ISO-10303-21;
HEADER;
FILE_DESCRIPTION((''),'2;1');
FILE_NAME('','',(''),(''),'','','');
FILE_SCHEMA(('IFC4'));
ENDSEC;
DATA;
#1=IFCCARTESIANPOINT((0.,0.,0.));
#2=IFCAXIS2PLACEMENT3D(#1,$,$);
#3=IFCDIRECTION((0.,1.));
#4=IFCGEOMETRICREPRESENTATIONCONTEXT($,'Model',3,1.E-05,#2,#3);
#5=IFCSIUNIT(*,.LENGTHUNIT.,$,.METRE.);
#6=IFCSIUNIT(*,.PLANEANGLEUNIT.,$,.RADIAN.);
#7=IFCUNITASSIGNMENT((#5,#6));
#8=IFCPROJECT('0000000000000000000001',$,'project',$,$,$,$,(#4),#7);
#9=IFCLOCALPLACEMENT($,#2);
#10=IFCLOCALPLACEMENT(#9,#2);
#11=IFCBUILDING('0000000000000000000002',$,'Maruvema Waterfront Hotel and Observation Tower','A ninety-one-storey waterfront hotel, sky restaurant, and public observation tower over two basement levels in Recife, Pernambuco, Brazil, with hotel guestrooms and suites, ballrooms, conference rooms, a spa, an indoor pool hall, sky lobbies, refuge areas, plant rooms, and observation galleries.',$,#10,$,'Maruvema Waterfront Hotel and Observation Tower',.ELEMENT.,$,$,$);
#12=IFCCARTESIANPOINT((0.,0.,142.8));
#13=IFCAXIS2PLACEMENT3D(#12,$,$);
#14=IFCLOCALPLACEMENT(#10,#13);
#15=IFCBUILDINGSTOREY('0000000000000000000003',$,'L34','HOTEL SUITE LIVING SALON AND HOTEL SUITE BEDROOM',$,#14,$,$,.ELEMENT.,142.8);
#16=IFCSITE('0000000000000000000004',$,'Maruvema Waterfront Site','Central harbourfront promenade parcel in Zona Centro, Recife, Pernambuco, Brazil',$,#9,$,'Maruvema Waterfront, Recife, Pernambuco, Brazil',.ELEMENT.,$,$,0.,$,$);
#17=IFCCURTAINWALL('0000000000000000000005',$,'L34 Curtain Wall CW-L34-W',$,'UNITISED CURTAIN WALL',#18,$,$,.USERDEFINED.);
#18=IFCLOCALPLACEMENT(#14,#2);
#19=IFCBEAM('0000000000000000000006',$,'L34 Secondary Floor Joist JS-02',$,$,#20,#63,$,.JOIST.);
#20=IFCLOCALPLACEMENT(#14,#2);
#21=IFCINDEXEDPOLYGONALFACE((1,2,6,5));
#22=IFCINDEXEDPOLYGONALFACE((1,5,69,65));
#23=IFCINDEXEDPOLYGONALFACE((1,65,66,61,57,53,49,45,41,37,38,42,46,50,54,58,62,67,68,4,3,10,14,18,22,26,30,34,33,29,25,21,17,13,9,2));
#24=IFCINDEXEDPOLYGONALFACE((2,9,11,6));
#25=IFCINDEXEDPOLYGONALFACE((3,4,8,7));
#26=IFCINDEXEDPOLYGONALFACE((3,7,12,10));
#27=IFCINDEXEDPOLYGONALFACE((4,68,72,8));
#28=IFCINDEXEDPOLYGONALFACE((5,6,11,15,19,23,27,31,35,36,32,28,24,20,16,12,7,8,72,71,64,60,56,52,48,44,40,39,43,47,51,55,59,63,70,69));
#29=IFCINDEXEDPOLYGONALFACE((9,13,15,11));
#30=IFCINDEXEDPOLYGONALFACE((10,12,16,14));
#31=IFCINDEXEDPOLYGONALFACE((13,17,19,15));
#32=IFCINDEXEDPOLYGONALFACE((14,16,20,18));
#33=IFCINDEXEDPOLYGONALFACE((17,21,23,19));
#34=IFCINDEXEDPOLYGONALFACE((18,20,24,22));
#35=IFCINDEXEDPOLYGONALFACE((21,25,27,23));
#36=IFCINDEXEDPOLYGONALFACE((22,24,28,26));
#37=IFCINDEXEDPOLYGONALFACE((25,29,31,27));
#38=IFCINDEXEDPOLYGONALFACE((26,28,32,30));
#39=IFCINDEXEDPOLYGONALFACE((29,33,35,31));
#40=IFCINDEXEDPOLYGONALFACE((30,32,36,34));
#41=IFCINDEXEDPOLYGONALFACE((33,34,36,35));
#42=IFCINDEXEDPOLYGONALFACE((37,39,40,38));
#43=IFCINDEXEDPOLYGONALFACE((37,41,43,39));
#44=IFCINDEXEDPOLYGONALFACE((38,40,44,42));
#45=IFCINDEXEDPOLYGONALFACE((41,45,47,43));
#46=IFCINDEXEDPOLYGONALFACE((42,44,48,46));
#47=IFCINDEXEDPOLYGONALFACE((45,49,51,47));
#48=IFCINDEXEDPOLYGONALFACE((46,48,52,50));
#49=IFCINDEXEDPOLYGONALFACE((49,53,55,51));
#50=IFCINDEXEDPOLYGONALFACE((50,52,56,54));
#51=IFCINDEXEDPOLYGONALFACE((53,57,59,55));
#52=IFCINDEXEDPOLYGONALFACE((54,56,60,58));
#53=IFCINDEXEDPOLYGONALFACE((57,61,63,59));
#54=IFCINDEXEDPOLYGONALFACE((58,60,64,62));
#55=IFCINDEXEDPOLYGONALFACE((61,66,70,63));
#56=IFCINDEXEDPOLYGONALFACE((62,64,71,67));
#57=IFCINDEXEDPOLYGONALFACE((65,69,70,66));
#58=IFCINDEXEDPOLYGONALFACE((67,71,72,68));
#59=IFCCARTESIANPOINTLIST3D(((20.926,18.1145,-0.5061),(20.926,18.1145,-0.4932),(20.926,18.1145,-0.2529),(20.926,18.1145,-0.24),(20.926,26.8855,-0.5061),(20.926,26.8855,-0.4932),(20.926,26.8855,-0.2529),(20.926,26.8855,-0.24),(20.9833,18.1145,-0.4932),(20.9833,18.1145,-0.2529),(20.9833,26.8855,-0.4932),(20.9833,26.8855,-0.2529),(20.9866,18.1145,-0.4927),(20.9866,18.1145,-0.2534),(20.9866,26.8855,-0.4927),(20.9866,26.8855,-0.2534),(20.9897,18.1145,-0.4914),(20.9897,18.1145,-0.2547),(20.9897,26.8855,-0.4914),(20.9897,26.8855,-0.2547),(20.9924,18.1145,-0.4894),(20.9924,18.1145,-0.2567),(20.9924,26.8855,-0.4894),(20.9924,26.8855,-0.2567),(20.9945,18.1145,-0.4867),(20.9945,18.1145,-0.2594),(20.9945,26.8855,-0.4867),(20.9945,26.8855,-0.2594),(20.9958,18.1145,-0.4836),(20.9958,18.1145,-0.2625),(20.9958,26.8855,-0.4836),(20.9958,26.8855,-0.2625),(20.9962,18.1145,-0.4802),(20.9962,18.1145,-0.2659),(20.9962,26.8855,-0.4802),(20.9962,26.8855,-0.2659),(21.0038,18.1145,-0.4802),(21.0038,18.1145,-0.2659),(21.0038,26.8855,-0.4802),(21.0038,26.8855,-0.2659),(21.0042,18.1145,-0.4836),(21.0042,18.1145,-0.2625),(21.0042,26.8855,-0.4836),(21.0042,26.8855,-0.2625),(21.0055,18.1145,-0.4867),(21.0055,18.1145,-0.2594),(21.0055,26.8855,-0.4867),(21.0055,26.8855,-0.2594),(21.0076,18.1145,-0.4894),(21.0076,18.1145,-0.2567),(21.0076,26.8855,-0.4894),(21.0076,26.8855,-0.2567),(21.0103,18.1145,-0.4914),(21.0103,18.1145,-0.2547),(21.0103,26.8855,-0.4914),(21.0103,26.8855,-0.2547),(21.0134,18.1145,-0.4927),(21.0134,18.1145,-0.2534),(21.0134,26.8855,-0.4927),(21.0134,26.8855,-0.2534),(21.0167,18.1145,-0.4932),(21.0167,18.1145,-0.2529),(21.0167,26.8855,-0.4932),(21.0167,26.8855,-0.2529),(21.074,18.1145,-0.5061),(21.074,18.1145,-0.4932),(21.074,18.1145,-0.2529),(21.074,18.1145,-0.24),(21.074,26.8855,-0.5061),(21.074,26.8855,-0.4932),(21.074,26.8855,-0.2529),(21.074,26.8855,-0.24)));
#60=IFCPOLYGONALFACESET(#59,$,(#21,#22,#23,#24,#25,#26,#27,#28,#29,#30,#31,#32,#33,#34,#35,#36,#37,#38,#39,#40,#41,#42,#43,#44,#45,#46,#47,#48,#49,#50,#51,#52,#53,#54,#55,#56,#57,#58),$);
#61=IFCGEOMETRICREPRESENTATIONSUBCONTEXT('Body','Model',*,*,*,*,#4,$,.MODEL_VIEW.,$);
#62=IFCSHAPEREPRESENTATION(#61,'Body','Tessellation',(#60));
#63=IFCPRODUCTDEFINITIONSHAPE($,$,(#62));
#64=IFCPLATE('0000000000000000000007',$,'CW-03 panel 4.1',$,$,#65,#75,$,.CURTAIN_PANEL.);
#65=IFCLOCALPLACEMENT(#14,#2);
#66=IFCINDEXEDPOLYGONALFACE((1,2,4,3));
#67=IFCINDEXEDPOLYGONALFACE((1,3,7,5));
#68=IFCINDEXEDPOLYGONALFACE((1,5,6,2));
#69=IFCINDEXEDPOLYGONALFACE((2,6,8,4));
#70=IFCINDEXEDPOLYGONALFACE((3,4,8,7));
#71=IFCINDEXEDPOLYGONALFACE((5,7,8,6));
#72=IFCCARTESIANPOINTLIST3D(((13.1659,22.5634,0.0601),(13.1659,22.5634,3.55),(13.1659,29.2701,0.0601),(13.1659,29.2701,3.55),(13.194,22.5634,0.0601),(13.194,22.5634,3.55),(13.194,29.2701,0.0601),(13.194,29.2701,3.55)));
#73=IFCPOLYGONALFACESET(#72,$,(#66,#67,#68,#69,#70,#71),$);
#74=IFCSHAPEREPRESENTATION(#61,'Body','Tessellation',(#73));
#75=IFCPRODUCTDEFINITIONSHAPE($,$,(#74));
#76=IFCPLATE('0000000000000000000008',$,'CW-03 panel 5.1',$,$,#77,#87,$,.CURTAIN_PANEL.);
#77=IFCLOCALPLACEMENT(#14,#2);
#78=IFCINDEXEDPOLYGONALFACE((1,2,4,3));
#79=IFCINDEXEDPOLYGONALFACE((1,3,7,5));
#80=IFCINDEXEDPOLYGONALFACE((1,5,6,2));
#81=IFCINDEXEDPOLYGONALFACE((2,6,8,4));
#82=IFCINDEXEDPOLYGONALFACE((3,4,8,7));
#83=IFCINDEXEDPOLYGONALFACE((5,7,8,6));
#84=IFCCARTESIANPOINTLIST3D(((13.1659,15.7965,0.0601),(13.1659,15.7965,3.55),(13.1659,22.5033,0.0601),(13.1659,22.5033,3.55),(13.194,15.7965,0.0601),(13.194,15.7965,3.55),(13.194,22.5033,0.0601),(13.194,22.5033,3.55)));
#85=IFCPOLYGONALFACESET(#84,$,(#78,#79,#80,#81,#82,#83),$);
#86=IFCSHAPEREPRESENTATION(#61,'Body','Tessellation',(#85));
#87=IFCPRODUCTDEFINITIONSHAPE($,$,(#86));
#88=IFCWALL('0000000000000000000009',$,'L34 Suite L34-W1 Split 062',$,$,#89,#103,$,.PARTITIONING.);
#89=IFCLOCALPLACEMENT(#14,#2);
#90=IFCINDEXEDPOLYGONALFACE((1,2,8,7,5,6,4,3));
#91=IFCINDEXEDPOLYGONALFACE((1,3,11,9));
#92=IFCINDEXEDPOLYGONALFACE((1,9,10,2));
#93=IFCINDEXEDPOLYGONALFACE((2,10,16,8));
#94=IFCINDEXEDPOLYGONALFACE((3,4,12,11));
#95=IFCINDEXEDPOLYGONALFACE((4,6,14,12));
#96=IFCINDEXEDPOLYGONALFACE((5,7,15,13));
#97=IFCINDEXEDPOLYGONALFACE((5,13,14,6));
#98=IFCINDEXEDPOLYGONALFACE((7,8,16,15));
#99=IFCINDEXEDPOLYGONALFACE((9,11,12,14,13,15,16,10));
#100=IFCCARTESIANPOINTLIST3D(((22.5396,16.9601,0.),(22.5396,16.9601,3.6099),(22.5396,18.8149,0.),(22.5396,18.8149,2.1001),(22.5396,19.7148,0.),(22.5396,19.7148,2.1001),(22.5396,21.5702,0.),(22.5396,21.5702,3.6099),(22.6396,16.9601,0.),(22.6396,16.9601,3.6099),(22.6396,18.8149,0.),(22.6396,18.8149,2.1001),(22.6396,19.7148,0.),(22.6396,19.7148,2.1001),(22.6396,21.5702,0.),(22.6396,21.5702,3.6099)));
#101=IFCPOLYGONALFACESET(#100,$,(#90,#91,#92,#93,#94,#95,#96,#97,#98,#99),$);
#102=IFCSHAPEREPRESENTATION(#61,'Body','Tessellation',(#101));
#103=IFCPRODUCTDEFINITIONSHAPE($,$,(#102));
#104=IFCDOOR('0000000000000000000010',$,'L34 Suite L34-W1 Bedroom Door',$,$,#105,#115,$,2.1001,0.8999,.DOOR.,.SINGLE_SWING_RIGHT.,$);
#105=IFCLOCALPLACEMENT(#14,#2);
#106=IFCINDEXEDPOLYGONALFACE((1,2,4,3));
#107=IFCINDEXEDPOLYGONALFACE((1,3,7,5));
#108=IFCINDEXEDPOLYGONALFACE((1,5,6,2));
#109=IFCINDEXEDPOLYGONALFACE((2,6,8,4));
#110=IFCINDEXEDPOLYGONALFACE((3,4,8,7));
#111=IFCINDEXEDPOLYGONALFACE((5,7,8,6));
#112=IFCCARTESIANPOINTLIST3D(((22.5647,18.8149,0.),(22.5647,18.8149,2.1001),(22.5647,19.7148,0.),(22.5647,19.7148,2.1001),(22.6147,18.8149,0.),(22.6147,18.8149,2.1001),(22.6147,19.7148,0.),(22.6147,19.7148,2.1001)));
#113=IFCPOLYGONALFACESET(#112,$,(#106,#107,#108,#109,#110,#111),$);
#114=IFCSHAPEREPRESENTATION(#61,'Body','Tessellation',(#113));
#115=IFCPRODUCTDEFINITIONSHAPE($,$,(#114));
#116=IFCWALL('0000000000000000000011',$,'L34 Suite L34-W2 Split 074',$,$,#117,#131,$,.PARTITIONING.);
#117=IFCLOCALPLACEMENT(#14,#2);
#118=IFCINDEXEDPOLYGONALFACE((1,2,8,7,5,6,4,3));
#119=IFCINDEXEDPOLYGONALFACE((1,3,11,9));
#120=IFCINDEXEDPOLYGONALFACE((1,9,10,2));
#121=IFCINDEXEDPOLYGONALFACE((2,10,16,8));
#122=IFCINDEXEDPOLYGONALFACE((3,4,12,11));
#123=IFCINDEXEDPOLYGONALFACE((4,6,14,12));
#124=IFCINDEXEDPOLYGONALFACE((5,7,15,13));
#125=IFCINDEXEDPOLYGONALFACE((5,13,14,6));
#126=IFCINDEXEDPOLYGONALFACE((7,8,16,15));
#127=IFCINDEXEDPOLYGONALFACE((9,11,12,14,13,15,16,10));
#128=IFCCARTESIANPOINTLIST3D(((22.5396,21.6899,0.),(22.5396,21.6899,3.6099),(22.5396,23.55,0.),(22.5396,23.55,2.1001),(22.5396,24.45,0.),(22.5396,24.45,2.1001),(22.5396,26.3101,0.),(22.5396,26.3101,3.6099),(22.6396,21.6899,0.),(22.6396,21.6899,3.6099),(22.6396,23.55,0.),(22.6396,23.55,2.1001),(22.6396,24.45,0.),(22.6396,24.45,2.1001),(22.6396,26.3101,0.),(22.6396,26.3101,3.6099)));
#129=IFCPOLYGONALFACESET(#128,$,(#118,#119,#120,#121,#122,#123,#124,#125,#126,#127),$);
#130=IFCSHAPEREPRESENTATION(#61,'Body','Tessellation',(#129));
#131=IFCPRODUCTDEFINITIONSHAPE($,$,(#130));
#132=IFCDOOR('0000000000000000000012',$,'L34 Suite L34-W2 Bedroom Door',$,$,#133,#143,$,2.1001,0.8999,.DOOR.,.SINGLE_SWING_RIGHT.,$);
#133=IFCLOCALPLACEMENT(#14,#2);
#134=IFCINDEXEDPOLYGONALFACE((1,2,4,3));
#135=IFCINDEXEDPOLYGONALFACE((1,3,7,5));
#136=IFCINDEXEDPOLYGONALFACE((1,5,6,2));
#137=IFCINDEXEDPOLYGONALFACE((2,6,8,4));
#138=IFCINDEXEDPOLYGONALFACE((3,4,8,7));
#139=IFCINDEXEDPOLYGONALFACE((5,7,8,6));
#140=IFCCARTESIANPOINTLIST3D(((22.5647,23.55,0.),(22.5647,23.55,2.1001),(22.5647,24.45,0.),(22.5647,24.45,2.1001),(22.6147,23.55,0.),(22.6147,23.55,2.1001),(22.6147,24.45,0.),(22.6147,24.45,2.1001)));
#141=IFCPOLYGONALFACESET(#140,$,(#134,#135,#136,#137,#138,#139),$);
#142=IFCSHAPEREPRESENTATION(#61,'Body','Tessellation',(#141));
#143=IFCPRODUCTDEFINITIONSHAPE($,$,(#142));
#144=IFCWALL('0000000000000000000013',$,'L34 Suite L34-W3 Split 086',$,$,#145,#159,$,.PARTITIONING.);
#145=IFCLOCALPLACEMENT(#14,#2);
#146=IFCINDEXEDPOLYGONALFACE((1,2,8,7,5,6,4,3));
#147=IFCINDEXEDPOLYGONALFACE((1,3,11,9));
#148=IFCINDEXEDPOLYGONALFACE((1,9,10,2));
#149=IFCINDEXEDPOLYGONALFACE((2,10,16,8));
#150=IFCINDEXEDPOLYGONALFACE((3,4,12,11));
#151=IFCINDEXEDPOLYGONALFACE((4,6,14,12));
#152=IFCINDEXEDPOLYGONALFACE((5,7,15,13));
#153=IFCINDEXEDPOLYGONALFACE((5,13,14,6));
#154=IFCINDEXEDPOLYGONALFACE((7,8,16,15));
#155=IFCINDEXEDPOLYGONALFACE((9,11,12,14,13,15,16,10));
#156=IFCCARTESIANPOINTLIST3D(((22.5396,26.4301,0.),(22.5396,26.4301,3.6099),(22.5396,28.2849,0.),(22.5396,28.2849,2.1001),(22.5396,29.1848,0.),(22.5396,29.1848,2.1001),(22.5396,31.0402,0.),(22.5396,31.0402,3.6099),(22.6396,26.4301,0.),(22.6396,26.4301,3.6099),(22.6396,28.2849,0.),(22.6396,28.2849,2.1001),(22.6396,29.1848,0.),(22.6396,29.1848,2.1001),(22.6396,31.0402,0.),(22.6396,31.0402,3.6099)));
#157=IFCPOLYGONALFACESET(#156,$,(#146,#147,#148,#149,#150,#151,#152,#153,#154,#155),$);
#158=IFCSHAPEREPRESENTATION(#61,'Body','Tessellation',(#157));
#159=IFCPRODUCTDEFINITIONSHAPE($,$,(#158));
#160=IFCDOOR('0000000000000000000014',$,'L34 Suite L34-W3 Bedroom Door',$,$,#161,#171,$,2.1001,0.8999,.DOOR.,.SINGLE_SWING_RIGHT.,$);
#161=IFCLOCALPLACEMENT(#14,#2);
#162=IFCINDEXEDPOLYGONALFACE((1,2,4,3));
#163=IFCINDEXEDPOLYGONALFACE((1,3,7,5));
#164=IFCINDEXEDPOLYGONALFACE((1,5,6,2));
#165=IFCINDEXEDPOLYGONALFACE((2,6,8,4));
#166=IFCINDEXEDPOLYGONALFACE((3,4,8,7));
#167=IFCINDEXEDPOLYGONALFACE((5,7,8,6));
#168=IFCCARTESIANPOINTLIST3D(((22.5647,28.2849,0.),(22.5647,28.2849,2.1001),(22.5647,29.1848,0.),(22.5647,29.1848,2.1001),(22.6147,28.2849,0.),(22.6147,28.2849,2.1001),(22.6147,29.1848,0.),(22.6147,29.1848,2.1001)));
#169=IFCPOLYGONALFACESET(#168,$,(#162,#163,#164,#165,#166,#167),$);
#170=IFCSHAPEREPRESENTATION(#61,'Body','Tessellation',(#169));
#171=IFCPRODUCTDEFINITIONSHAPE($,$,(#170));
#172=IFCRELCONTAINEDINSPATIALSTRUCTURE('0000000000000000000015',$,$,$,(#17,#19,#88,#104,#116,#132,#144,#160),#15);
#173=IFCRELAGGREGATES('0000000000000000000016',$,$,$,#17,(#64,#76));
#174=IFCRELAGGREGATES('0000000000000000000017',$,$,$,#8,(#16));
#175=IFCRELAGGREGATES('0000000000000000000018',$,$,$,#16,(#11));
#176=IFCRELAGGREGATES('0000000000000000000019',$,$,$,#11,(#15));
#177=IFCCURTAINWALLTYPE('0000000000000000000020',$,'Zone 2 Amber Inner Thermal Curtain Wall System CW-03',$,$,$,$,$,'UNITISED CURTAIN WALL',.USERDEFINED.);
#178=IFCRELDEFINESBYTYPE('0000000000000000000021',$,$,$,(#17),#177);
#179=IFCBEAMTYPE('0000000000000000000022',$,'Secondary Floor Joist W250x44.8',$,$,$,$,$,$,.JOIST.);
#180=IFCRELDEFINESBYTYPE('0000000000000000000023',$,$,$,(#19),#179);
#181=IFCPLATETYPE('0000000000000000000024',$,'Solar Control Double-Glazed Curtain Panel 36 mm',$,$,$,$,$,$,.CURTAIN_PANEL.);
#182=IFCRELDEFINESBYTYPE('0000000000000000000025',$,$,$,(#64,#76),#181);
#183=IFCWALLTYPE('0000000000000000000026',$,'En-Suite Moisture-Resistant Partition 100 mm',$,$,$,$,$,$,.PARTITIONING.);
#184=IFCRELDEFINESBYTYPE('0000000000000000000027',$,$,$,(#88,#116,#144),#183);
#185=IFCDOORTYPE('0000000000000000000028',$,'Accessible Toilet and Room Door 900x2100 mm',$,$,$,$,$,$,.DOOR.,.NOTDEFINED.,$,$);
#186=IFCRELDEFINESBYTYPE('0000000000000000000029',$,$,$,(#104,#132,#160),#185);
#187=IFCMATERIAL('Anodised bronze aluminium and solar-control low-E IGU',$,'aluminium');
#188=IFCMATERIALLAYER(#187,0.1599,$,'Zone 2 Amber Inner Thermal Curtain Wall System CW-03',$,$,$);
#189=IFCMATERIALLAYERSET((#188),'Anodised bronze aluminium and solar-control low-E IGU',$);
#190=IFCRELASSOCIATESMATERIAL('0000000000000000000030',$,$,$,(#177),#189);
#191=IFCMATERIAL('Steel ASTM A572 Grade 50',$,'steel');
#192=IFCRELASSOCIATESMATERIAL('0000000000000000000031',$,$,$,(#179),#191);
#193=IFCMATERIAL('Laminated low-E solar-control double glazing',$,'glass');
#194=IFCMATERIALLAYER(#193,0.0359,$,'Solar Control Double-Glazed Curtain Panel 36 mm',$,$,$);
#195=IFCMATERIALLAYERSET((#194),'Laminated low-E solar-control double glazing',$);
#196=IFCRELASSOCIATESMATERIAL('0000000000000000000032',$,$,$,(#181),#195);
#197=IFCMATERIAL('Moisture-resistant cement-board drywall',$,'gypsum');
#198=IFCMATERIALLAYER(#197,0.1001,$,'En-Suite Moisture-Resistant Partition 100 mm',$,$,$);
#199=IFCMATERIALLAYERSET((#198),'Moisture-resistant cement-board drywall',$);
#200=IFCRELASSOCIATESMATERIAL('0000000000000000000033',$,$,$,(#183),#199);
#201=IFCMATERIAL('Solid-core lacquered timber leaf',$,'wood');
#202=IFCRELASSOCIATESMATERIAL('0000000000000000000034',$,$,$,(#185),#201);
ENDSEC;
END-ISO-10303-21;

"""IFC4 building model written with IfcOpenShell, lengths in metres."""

from ifc_helpers import new_model, si_unit, direction, frame, frame_2d, origin, origin_2d, place, context, subcontext, project, spatial, rectangle, i_section, extrude, material, layer, layer_set, material_profile, profile_set, type_object, element, fill, aggregate, save


model = new_model("IFC4")

# Units and contexts
model_context = context("Model", 3, precision=1e-05, world=origin(), true_north=direction((0.0, 1.0)))
body_context = subcontext(model_context, "Body", "Model", "MODEL_VIEW")
ifc_project = project(units=[si_unit("LENGTHUNIT", "METRE"), si_unit("PLANEANGLEUNIT", "RADIAN")], contexts=[model_context])

# Site, building, storey
site_placement = place(None, origin())
site = spatial("IfcSite", under=ifc_project, at=site_placement, Name="Maruvema Waterfront Site", Description="Central harbourfront promenade parcel in Zona Centro, Recife, Pernambuco, Brazil", LongName="Maruvema Waterfront, Recife, Pernambuco, Brazil", CompositionType="ELEMENT", RefElevation=0.0)
building_placement = place(site_placement, origin())
building = spatial("IfcBuilding", under=site, at=building_placement, Name="Maruvema Waterfront Hotel and Observation Tower", Description="A ninety-one-storey waterfront hotel, sky restaurant, and public observation tower over two basement levels in Recife, Pernambuco, Brazil, with hotel guestrooms and suites, ballrooms, conference rooms, a spa, an indoor pool hall, sky lobbies, refuge areas, plant rooms, and observation galleries.", LongName="Maruvema Waterfront Hotel and Observation Tower", CompositionType="ELEMENT")
storey_placement = place(building_placement, frame((0.0, 0.0, 142.8)))
storey = spatial("IfcBuildingStorey", under=building, at=storey_placement, Name="L34", Description="HOTEL SUITE LIVING SALON AND HOTEL SUITE BEDROOM", CompositionType="ELEMENT", Elevation=142.8)

# Curtain wall
ifc_material_1 = material(Name="Anodised bronze aluminium and solar-control low-E IGU", Category="aluminium")
ifc_layer_1 = layer(ifc_material_1, 0.1599, Name="Zone 2 Amber Inner Thermal Curtain Wall System CW-03")
ifc_layer_set_1 = layer_set([ifc_layer_1], Name="Anodised bronze aluminium and solar-control low-E IGU")
curtain_wall_type = type_object("IfcCurtainWallType", Name="Zone 2 Amber Inner Thermal Curtain Wall System CW-03", ElementType="UNITISED CURTAIN WALL", PredefinedType="USERDEFINED", material=ifc_layer_set_1)
curtain_wall_placement = place(storey_placement, origin())
curtain_wall = element("IfcCurtainWall", 1, at=curtain_wall_placement, inside=storey, type_object=curtain_wall_type, Name="L34 Curtain Wall CW-L34-W", ObjectType="UNITISED CURTAIN WALL", PredefinedType="USERDEFINED")

# Beam
ifc_material_2 = material(Name="Steel ASTM A572 Grade 50", Category="steel")
ifc_material_profile_1 = material_profile(ifc_material_2, i_section(OverallWidth=0.1479, OverallDepth=0.2661, WebThickness=0.0076, FlangeThickness=0.0129, FilletRadius=0.0129, at=origin_2d()), Name="W250x44.8")
ifc_profile_set_1 = profile_set([ifc_material_profile_1], Name="Steel ASTM A572 Grade 50")
beam_type_1 = type_object("IfcBeamType", Name="Secondary Floor Joist W250x44.8", PredefinedType="JOIST", material=ifc_profile_set_1)
beam_1_placement = place(storey_placement, frame((21.0, 18.1145, -0.373), z_axis=(0.0, 1.0, 0.0), x_axis=(-1.0, 0.0, 0.0)))
element("IfcBeam", 2, at=beam_1_placement, inside=storey, type_object=beam_type_1, Name="L34 Secondary Floor Joist JS-02", PredefinedType="JOIST", context=body_context, shape_type="SweptSolid", body=[
    extrude(i_section(OverallWidth=0.1479, OverallDepth=0.2661, WebThickness=0.0076, FlangeThickness=0.0129, FilletRadius=0.0129, at=origin_2d()), origin(), (0.0, 0.0, 1.0), 8.771),
])

# Plates
ifc_material_3 = material(Name="Laminated low-E solar-control double glazing", Category="glass")
ifc_layer_2 = layer(ifc_material_3, 0.0359, Name="Solar Control Double-Glazed Curtain Panel 36 mm")
ifc_layer_set_2 = layer_set([ifc_layer_2], Name="Laminated low-E solar-control double glazing")
plate_type = type_object("IfcPlateType", Name="Solar Control Double-Glazed Curtain Panel 36 mm", PredefinedType="CURTAIN_PANEL", material=ifc_layer_set_2)
plate_1_placement = place(storey_placement, frame((13.1799, 25.9167, 0.0601), z_axis=(0.0, 0.0, 1.0), x_axis=(0.0, -1.0, 0.0)))
plate_1 = element("IfcPlate", 3, at=plate_1_placement, type_object=plate_type, Name="CW-03 panel 4.1", PredefinedType="CURTAIN_PANEL", context=body_context, shape_type="SweptSolid", body=[
    extrude(rectangle(XDim=6.7068, YDim=0.0281, at=origin_2d()), origin(), (0.0, 0.0, 1.0), 3.49),
])
plate_2_placement = place(storey_placement, frame((13.1799, 19.1499, 0.0601), z_axis=(0.0, 0.0, 1.0), x_axis=(0.0, -1.0, 0.0)))
plate_2 = element("IfcPlate", 4, at=plate_2_placement, type_object=plate_type, Name="CW-03 panel 5.1", PredefinedType="CURTAIN_PANEL", context=body_context, shape_type="SweptSolid", body=[
    extrude(rectangle(XDim=6.7068, YDim=0.0281, at=origin_2d()), origin(), (0.0, 0.0, 1.0), 3.49),
])
aggregate(curtain_wall, [plate_1, plate_2])

# Walls, openings, doors
ifc_material_4 = material(Name="Moisture-resistant cement-board drywall", Category="gypsum")
ifc_layer_3 = layer(ifc_material_4, 0.1001, Name="En-Suite Moisture-Resistant Partition 100 mm")
ifc_layer_set_3 = layer_set([ifc_layer_3], Name="Moisture-resistant cement-board drywall")
wall_type_1 = type_object("IfcWallType", Name="En-Suite Moisture-Resistant Partition 100 mm", PredefinedType="PARTITIONING", material=ifc_layer_set_3)
wall_1_placement = place(storey_placement, frame((22.5896, 16.96, 0.0), z_axis=(0.0, 0.0, 1.0), x_axis=(0.0, 1.0, 0.0)))
wall_1 = element("IfcWall", 5, at=wall_1_placement, inside=storey, type_object=wall_type_1, Name="L34 Suite L34-W1 Split 062", PredefinedType="PARTITIONING", context=body_context, shape_type="SweptSolid", body=[
    extrude(rectangle(XDim=4.6101, YDim=0.1001, at=frame_2d((2.3052, 0.0))), origin(), (0.0, 0.0, 1.0), 3.6099),
])
opening_1_placement = place(wall_1_placement, frame((1.855, 0.0, 0.0)))
opening_1 = element("IfcOpeningElement", 6, at=opening_1_placement, cuts=wall_1, PredefinedType="OPENING", context=body_context, shape_type="SweptSolid", body=[
    extrude(rectangle(XDim=0.8999, YDim=2.1001, at=frame_2d((0.45, 1.05))), frame((0.0, 0.0601, 0.0), z_axis=(0.0, -1.0, 0.0), x_axis=(1.0, 0.0, 0.0)), (0.0, 0.0, 1.0), 0.1201),
])
ifc_material_5 = material(Name="Solid-core lacquered timber leaf", Category="wood")
door_type = type_object("IfcDoorType", Name="Accessible Toilet and Room Door 900x2100 mm", OperationType="NOTDEFINED", PredefinedType="DOOR", material=ifc_material_5)
door_1_placement = place(opening_1_placement, origin())
door_1 = element("IfcDoor", 7, at=door_1_placement, inside=storey, type_object=door_type, Name="L34 Suite L34-W1 Bedroom Door", OperationType="SINGLE_SWING_RIGHT", OverallHeight=2.1001, OverallWidth=0.8999, PredefinedType="DOOR", context=body_context, shape_type="SweptSolid", body=[
    extrude(rectangle(XDim=0.8999, YDim=2.1001, at=frame_2d((0.45, 1.05))), frame((0.0, 0.0249, 0.0), z_axis=(0.0, -1.0, 0.0), x_axis=(1.0, 0.0, 0.0)), (0.0, 0.0, 1.0), 0.05),
])
fill(opening_1, door_1)
wall_2_placement = place(storey_placement, frame((22.5896, 21.6899, 0.0), z_axis=(0.0, 0.0, 1.0), x_axis=(0.0, 1.0, 0.0)))
wall_2 = element("IfcWall", 8, at=wall_2_placement, inside=storey, type_object=wall_type_1, Name="L34 Suite L34-W2 Split 074", PredefinedType="PARTITIONING", context=body_context, shape_type="SweptSolid", body=[
    extrude(rectangle(XDim=4.6201, YDim=0.1001, at=frame_2d((2.3101, 0.0))), origin(), (0.0, 0.0, 1.0), 3.6099),
])
opening_2_placement = place(wall_2_placement, frame((1.8601, 0.0, 0.0)))
opening_2 = element("IfcOpeningElement", 9, at=opening_2_placement, cuts=wall_2, PredefinedType="OPENING", context=body_context, shape_type="SweptSolid", body=[
    extrude(rectangle(XDim=0.8999, YDim=2.1001, at=frame_2d((0.45, 1.05))), frame((0.0, 0.0601, 0.0), z_axis=(0.0, -1.0, 0.0), x_axis=(1.0, 0.0, 0.0)), (0.0, 0.0, 1.0), 0.1201),
])
door_2_placement = place(opening_2_placement, origin())
door_2 = element("IfcDoor", 10, at=door_2_placement, inside=storey, type_object=door_type, Name="L34 Suite L34-W2 Bedroom Door", OperationType="SINGLE_SWING_RIGHT", OverallHeight=2.1001, OverallWidth=0.8999, PredefinedType="DOOR", context=body_context, shape_type="SweptSolid", body=[
    extrude(rectangle(XDim=0.8999, YDim=2.1001, at=frame_2d((0.45, 1.05))), frame((0.0, 0.0249, 0.0), z_axis=(0.0, -1.0, 0.0), x_axis=(1.0, 0.0, 0.0)), (0.0, 0.0, 1.0), 0.05),
])
fill(opening_2, door_2)
wall_3_placement = place(storey_placement, frame((22.5896, 26.4299, 0.0), z_axis=(0.0, 0.0, 1.0), x_axis=(0.0, 1.0, 0.0)))
wall_3 = element("IfcWall", 11, at=wall_3_placement, inside=storey, type_object=wall_type_1, Name="L34 Suite L34-W3 Split 086", PredefinedType="PARTITIONING", context=body_context, shape_type="SweptSolid", body=[
    extrude(rectangle(XDim=4.6101, YDim=0.1001, at=frame_2d((2.3052, 0.0))), origin(), (0.0, 0.0, 1.0), 3.6099),
])
opening_3_placement = place(wall_3_placement, frame((1.855, 0.0, 0.0)))
opening_3 = element("IfcOpeningElement", 12, at=opening_3_placement, cuts=wall_3, PredefinedType="OPENING", context=body_context, shape_type="SweptSolid", body=[
    extrude(rectangle(XDim=0.8999, YDim=2.1001, at=frame_2d((0.45, 1.05))), frame((0.0, 0.0601, 0.0), z_axis=(0.0, -1.0, 0.0), x_axis=(1.0, 0.0, 0.0)), (0.0, 0.0, 1.0), 0.1201),
])
door_3_placement = place(opening_3_placement, origin())
door_3 = element("IfcDoor", 13, at=door_3_placement, inside=storey, type_object=door_type, Name="L34 Suite L34-W3 Bedroom Door", OperationType="SINGLE_SWING_RIGHT", OverallHeight=2.1001, OverallWidth=0.8999, PredefinedType="DOOR", context=body_context, shape_type="SweptSolid", body=[
    extrude(rectangle(XDim=0.8999, YDim=2.1001, at=frame_2d((0.45, 1.05))), frame((0.0, 0.0249, 0.0), z_axis=(0.0, -1.0, 0.0), x_axis=(1.0, 0.0, 0.0)), (0.0, 0.0, 1.0), 0.05),
])
fill(opening_3, door_3)

save(model, "model.ifc")
